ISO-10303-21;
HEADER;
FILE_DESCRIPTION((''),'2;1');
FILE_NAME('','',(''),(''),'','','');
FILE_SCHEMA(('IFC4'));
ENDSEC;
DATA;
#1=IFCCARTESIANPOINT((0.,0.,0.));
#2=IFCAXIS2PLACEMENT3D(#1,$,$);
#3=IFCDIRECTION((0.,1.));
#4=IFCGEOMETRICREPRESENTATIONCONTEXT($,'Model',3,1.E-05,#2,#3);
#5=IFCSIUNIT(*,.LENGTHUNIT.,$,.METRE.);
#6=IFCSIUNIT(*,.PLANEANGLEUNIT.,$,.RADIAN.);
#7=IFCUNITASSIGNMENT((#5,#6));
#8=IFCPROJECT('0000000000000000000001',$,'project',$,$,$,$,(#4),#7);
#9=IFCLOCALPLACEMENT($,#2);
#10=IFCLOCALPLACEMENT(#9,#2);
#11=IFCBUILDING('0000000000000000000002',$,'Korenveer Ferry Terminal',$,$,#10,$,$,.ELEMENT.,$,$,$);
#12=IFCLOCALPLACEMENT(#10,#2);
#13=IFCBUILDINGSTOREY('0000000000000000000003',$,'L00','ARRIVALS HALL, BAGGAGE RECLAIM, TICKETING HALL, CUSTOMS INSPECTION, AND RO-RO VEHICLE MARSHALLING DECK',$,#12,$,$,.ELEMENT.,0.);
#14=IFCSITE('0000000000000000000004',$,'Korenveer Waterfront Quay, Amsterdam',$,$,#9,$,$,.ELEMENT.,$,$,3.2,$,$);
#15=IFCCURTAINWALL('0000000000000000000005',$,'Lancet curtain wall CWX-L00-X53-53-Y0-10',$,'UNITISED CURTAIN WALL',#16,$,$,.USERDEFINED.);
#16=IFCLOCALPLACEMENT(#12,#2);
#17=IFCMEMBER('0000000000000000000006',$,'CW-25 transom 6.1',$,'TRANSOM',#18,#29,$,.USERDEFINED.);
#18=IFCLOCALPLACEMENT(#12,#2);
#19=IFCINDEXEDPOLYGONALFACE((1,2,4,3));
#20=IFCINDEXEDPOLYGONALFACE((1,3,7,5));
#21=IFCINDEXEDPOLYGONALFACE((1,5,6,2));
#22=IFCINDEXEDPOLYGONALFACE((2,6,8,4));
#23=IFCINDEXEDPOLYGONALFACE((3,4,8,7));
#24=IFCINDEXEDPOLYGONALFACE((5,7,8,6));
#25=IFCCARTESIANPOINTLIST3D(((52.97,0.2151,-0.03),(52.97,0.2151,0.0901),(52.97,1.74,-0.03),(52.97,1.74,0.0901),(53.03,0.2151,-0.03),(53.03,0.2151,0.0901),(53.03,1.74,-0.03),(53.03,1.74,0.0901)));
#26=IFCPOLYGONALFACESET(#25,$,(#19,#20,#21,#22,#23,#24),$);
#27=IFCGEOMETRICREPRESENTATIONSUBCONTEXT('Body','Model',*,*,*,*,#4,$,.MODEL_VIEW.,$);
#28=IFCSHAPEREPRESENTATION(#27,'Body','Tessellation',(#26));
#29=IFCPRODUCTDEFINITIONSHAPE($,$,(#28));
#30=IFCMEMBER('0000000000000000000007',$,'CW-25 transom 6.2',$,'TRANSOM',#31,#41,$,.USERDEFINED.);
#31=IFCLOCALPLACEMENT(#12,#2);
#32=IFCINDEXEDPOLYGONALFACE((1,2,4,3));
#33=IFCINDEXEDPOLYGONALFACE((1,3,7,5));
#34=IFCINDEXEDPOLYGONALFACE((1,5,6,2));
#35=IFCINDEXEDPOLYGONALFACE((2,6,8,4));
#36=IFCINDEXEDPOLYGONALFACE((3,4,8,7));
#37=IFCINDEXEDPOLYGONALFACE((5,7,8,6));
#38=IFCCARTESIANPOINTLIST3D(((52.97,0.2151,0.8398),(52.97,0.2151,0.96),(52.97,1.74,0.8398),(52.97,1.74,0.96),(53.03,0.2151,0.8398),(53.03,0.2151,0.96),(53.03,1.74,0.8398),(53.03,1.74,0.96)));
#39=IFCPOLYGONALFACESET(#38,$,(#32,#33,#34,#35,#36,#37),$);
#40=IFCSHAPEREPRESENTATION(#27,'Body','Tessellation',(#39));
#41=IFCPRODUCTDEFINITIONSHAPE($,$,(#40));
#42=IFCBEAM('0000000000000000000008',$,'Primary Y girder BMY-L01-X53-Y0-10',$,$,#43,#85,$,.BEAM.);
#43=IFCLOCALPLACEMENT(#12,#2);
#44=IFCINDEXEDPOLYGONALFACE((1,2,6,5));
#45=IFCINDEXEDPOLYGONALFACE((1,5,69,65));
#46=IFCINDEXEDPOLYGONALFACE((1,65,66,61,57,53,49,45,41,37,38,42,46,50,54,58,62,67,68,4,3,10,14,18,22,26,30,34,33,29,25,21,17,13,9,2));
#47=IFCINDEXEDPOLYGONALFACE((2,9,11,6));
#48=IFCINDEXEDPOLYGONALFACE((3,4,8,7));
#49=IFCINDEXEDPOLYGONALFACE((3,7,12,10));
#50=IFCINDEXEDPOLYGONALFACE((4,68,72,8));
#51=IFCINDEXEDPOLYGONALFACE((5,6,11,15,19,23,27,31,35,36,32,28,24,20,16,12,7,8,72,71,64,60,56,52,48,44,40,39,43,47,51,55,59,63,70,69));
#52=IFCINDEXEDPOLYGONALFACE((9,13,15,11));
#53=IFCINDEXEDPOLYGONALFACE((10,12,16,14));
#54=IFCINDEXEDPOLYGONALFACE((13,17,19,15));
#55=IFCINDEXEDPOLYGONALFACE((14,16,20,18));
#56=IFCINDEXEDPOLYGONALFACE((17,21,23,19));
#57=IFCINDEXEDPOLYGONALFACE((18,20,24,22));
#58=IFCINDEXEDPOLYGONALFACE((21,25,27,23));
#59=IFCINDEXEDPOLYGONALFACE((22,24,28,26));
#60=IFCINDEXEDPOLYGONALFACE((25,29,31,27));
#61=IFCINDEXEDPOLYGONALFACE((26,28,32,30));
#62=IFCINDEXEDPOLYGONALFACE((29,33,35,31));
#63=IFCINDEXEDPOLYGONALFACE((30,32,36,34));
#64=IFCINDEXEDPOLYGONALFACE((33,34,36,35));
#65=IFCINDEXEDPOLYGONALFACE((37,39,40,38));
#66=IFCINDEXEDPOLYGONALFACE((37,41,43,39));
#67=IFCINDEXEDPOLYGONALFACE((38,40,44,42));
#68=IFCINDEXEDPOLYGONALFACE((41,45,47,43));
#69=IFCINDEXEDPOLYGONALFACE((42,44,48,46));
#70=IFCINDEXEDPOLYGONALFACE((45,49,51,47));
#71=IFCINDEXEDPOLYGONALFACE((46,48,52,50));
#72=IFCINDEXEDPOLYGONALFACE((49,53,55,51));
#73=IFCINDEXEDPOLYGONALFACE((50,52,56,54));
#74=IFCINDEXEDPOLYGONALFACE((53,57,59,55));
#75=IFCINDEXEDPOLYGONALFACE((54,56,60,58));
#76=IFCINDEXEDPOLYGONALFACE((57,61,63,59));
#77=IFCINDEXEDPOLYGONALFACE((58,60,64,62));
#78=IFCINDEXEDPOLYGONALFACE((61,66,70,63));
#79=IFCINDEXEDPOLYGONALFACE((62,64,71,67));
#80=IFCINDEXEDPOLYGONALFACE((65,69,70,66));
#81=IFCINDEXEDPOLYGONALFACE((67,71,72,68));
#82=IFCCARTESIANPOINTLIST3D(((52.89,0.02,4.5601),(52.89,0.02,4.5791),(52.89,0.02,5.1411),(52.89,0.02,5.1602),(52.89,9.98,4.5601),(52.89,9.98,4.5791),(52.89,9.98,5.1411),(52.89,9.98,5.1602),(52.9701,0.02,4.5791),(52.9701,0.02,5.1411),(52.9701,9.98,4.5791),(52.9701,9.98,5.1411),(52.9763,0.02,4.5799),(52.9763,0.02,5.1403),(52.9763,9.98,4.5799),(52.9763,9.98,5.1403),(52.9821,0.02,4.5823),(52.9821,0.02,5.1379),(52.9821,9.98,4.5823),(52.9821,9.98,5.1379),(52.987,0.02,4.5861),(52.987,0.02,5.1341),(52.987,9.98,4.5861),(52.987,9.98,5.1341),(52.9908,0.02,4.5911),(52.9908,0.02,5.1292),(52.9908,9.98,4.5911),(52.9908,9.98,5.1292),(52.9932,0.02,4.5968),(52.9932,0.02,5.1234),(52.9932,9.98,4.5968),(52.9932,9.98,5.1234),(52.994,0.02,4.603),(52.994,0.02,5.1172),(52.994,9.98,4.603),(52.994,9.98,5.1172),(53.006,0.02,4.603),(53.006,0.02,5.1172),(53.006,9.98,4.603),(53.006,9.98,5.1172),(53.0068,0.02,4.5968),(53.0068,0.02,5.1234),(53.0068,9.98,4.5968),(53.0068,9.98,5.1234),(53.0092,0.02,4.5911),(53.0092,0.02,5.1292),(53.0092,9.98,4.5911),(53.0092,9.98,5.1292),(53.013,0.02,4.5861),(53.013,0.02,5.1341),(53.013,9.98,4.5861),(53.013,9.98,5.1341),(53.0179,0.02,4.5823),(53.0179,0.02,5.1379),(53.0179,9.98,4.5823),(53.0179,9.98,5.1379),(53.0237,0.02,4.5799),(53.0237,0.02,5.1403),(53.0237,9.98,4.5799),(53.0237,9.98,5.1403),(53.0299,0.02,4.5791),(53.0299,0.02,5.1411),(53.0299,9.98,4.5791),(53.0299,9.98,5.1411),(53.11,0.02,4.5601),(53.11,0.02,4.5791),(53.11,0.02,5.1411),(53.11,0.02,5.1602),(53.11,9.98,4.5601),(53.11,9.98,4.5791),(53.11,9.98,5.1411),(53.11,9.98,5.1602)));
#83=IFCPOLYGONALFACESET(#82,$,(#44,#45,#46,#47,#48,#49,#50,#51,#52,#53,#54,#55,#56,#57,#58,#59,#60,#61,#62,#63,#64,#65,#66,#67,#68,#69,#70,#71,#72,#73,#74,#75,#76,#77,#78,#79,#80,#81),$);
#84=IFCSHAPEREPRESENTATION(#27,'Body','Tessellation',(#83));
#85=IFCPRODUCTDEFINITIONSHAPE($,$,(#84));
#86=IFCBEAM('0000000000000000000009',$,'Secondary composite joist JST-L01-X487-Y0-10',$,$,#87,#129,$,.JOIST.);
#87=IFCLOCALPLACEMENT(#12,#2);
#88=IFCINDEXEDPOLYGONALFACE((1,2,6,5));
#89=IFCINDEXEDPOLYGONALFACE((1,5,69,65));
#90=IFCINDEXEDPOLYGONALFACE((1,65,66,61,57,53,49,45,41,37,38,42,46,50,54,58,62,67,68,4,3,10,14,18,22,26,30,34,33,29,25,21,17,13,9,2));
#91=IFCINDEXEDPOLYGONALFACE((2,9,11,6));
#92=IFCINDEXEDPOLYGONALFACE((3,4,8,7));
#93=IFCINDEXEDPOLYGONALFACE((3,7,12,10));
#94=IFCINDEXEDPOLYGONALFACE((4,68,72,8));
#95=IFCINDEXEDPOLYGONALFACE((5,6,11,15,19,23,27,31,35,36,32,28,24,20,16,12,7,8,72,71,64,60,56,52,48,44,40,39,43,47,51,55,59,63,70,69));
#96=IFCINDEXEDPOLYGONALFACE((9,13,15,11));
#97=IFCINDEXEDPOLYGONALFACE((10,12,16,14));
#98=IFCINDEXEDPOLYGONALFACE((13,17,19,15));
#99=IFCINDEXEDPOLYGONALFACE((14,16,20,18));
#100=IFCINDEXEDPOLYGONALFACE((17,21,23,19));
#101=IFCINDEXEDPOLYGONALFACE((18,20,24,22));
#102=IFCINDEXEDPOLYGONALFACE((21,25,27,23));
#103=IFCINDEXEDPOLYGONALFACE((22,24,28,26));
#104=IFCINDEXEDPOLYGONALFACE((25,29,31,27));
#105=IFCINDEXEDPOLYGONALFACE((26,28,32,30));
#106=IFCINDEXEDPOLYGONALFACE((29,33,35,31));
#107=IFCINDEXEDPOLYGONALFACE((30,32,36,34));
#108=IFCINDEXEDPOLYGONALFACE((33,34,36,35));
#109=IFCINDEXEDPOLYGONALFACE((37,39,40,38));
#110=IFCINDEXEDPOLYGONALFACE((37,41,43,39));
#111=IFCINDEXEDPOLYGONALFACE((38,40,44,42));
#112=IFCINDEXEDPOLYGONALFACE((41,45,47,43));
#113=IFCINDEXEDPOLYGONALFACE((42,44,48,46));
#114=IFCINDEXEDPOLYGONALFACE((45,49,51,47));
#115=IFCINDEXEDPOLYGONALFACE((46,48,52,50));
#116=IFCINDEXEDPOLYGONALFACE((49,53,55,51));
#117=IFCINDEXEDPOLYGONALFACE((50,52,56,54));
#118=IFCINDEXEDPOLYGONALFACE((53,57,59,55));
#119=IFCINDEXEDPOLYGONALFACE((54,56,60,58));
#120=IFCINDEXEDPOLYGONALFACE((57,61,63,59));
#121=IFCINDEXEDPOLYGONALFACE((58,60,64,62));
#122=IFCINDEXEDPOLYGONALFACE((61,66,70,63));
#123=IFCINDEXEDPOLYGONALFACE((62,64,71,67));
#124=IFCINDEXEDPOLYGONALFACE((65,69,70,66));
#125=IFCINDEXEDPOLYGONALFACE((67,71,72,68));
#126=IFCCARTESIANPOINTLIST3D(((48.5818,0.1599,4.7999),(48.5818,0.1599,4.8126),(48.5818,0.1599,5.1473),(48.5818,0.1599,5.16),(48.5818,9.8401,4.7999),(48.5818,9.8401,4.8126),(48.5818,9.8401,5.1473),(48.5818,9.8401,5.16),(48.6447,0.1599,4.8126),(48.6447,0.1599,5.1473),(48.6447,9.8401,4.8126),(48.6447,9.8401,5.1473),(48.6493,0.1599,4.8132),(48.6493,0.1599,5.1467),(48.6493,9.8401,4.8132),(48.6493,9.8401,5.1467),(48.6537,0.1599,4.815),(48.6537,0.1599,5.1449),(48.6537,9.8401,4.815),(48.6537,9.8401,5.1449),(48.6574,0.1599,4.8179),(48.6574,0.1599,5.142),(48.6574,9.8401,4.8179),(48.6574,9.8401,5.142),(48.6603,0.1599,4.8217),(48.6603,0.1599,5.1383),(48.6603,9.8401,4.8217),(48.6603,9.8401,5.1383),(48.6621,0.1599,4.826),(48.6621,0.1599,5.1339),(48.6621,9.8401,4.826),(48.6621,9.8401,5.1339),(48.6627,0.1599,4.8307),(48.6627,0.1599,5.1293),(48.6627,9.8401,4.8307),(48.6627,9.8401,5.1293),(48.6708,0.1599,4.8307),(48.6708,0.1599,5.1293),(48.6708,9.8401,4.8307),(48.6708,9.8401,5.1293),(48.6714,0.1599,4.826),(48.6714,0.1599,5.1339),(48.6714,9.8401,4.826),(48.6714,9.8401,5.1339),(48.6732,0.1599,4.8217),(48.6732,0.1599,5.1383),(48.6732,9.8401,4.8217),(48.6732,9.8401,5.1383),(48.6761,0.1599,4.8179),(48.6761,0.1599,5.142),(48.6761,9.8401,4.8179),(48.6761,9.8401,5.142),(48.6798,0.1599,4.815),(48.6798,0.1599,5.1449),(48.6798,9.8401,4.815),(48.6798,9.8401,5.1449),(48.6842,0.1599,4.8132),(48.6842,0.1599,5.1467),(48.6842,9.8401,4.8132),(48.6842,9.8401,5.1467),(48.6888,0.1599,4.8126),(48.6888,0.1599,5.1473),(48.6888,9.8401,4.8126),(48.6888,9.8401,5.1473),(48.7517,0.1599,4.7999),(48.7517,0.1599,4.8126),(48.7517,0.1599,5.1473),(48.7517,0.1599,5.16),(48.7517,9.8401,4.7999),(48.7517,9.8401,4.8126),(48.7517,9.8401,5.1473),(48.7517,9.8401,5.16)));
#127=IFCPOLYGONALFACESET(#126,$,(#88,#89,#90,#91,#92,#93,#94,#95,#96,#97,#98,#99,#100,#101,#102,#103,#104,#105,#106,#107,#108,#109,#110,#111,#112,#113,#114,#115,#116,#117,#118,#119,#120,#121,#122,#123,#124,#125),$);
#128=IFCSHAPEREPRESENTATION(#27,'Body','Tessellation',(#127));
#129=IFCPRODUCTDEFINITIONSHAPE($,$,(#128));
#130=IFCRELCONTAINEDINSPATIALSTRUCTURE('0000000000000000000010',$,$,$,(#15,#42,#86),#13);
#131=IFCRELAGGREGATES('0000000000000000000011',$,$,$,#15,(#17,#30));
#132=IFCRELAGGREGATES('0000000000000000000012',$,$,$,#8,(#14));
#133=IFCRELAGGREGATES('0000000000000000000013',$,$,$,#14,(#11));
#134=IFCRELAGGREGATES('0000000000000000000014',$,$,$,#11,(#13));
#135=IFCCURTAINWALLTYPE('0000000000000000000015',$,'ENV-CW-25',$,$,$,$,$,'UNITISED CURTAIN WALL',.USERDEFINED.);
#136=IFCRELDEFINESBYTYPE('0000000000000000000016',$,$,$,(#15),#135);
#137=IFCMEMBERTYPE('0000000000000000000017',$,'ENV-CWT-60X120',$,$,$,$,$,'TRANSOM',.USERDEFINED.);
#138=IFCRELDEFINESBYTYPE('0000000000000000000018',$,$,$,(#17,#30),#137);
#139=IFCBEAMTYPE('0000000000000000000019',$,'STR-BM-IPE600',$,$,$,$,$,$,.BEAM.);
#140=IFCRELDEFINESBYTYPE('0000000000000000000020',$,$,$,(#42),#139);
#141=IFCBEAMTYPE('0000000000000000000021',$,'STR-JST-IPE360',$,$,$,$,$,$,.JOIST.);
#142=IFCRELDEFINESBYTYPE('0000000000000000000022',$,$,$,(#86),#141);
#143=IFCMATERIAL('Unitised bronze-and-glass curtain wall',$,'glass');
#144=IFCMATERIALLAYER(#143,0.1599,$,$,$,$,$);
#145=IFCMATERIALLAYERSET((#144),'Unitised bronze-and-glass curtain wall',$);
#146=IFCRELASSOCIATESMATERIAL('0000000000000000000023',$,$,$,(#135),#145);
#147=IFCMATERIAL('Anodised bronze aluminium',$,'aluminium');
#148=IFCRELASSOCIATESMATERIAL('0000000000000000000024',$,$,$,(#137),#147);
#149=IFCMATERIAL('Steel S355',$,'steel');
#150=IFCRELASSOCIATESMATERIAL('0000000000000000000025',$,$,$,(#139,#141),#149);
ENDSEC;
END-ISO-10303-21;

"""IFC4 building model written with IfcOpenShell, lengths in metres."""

from ifc_helpers import new_model, si_unit, direction, frame, origin, origin_2d, place, context, subcontext, project, spatial, rectangle, i_section, extrude, material, layer, layer_set, material_profile, profile_set, type_object, element, aggregate, save


model = new_model("IFC4")

# Units and contexts
model_context = context("Model", 3, precision=1e-05, world=origin(), true_north=direction((0.0, 1.0)))
body_context = subcontext(model_context, "Body", "Model", "MODEL_VIEW")
ifc_project = project(units=[si_unit("LENGTHUNIT", "METRE"), si_unit("PLANEANGLEUNIT", "RADIAN")], contexts=[model_context])

# Site, building, storey
site_placement = place(None, origin())
site = spatial("IfcSite", under=ifc_project, at=site_placement, Name="Korenveer Waterfront Quay, Amsterdam", CompositionType="ELEMENT", RefElevation=3.2)
building_placement = place(site_placement, origin())
building = spatial("IfcBuilding", under=site, at=building_placement, Name="Korenveer Ferry Terminal", CompositionType="ELEMENT")
storey_placement = place(building_placement, origin())
storey = spatial("IfcBuildingStorey", under=building, at=storey_placement, Name="L00", Description="ARRIVALS HALL, BAGGAGE RECLAIM, TICKETING HALL, CUSTOMS INSPECTION, AND RO-RO VEHICLE MARSHALLING DECK", CompositionType="ELEMENT", Elevation=0.0)

# Shared definitions
ifc_material_1 = material(Name="Steel S355", Category="steel")

# Curtain wall, members
ifc_material_2 = material(Name="Unitised bronze-and-glass curtain wall", Category="glass")
ifc_layer_1 = layer(ifc_material_2, 0.1599)
ifc_layer_set_1 = layer_set([ifc_layer_1], Name="Unitised bronze-and-glass curtain wall")
curtain_wall_type = type_object("IfcCurtainWallType", Name="ENV-CW-25", ElementType="UNITISED CURTAIN WALL", PredefinedType="USERDEFINED", material=ifc_layer_set_1)
curtain_wall_placement = place(storey_placement, frame((53.0, 9.845, 0.0)))
curtain_wall = element("IfcCurtainWall", 1, at=curtain_wall_placement, inside=storey, type_object=curtain_wall_type, Name="Lancet curtain wall CWX-L00-X53-53-Y0-10", ObjectType="UNITISED CURTAIN WALL", PredefinedType="USERDEFINED")
ifc_material_3 = material(Name="Anodised bronze aluminium", Category="aluminium")
ifc_material_profile_1 = material_profile(ifc_material_3, rectangle(XDim=0.0601, YDim=0.1201, at=origin_2d()), Name="ALU 60x120")
ifc_profile_set_1 = profile_set([ifc_material_profile_1], Name="Anodised bronze aluminium")
member_type_1 = type_object("IfcMemberType", Name="ENV-CWT-60X120", ElementType="TRANSOM", PredefinedType="USERDEFINED", material=ifc_profile_set_1)
member_1_placement = place(storey_placement, frame((53.0, 1.74, 0.03), z_axis=(0.0, -1.0, 0.0), x_axis=(1.0, 0.0, 0.0)))
member_1 = element("IfcMember", 2, at=member_1_placement, type_object=member_type_1, Name="CW-25 transom 6.1", ObjectType="TRANSOM", PredefinedType="USERDEFINED", context=body_context, shape_type="SweptSolid", body=[
    extrude(rectangle(XDim=0.0601, YDim=0.1201, at=origin_2d()), origin(), (0.0, 0.0, 1.0), 1.5249),
])
member_2_placement = place(storey_placement, frame((53.0, 1.74, 0.8999), z_axis=(0.0, -1.0, 0.0), x_axis=(1.0, 0.0, 0.0)))
member_2 = element("IfcMember", 3, at=member_2_placement, type_object=member_type_1, Name="CW-25 transom 6.2", ObjectType="TRANSOM", PredefinedType="USERDEFINED", context=body_context, shape_type="SweptSolid", body=[
    extrude(rectangle(XDim=0.0601, YDim=0.1201, at=origin_2d()), origin(), (0.0, 0.0, 1.0), 1.5249),
])

# Beams
ifc_material_profile_2 = material_profile(ifc_material_1, i_section(OverallWidth=0.22, OverallDepth=0.6001, WebThickness=0.012, FlangeThickness=0.019, FilletRadius=0.0239, at=origin_2d()), Name="IPE 600")
ifc_profile_set_2 = profile_set([ifc_material_profile_2], Name="Steel S355")
beam_type_1 = type_object("IfcBeamType", Name="STR-BM-IPE600", PredefinedType="BEAM", material=ifc_profile_set_2)
beam_1_placement = place(storey_placement, frame((53.0, 0.02, 4.8601), z_axis=(0.0, 1.0, 0.0), x_axis=(-1.0, 0.0, 0.0)))
element("IfcBeam", 4, at=beam_1_placement, inside=storey, type_object=beam_type_1, Name="Primary Y girder BMY-L01-X53-Y0-10", PredefinedType="BEAM", context=body_context, shape_type="SweptSolid", body=[
    extrude(i_section(OverallWidth=0.22, OverallDepth=0.6001, WebThickness=0.012, FlangeThickness=0.019, FilletRadius=0.0239, at=origin_2d()), origin(), (0.0, 0.0, 1.0), 9.96),
])
ifc_material_profile_3 = material_profile(ifc_material_1, i_section(OverallWidth=0.1699, OverallDepth=0.3601, WebThickness=0.0081, FlangeThickness=0.0127, FilletRadius=0.0181, at=origin_2d()), Name="IPE 360")
ifc_profile_set_3 = profile_set([ifc_material_profile_3], Name="Steel S355")
beam_type_2 = type_object("IfcBeamType", Name="STR-JST-IPE360", PredefinedType="JOIST", material=ifc_profile_set_3)
beam_2_placement = place(storey_placement, frame((48.6667, 0.1599, 4.98), z_axis=(0.0, 1.0, 0.0), x_axis=(-1.0, 0.0, 0.0)))
element("IfcBeam", 5, at=beam_2_placement, inside=storey, type_object=beam_type_2, Name="Secondary composite joist JST-L01-X487-Y0-10", PredefinedType="JOIST", context=body_context, shape_type="SweptSolid", body=[
    extrude(i_section(OverallWidth=0.1699, OverallDepth=0.3601, WebThickness=0.0081, FlangeThickness=0.0127, FilletRadius=0.0181, at=origin_2d()), origin(), (0.0, 0.0, 1.0), 9.6802),
])

aggregate(curtain_wall, [member_1, member_2])

save(model, "model.ifc")
